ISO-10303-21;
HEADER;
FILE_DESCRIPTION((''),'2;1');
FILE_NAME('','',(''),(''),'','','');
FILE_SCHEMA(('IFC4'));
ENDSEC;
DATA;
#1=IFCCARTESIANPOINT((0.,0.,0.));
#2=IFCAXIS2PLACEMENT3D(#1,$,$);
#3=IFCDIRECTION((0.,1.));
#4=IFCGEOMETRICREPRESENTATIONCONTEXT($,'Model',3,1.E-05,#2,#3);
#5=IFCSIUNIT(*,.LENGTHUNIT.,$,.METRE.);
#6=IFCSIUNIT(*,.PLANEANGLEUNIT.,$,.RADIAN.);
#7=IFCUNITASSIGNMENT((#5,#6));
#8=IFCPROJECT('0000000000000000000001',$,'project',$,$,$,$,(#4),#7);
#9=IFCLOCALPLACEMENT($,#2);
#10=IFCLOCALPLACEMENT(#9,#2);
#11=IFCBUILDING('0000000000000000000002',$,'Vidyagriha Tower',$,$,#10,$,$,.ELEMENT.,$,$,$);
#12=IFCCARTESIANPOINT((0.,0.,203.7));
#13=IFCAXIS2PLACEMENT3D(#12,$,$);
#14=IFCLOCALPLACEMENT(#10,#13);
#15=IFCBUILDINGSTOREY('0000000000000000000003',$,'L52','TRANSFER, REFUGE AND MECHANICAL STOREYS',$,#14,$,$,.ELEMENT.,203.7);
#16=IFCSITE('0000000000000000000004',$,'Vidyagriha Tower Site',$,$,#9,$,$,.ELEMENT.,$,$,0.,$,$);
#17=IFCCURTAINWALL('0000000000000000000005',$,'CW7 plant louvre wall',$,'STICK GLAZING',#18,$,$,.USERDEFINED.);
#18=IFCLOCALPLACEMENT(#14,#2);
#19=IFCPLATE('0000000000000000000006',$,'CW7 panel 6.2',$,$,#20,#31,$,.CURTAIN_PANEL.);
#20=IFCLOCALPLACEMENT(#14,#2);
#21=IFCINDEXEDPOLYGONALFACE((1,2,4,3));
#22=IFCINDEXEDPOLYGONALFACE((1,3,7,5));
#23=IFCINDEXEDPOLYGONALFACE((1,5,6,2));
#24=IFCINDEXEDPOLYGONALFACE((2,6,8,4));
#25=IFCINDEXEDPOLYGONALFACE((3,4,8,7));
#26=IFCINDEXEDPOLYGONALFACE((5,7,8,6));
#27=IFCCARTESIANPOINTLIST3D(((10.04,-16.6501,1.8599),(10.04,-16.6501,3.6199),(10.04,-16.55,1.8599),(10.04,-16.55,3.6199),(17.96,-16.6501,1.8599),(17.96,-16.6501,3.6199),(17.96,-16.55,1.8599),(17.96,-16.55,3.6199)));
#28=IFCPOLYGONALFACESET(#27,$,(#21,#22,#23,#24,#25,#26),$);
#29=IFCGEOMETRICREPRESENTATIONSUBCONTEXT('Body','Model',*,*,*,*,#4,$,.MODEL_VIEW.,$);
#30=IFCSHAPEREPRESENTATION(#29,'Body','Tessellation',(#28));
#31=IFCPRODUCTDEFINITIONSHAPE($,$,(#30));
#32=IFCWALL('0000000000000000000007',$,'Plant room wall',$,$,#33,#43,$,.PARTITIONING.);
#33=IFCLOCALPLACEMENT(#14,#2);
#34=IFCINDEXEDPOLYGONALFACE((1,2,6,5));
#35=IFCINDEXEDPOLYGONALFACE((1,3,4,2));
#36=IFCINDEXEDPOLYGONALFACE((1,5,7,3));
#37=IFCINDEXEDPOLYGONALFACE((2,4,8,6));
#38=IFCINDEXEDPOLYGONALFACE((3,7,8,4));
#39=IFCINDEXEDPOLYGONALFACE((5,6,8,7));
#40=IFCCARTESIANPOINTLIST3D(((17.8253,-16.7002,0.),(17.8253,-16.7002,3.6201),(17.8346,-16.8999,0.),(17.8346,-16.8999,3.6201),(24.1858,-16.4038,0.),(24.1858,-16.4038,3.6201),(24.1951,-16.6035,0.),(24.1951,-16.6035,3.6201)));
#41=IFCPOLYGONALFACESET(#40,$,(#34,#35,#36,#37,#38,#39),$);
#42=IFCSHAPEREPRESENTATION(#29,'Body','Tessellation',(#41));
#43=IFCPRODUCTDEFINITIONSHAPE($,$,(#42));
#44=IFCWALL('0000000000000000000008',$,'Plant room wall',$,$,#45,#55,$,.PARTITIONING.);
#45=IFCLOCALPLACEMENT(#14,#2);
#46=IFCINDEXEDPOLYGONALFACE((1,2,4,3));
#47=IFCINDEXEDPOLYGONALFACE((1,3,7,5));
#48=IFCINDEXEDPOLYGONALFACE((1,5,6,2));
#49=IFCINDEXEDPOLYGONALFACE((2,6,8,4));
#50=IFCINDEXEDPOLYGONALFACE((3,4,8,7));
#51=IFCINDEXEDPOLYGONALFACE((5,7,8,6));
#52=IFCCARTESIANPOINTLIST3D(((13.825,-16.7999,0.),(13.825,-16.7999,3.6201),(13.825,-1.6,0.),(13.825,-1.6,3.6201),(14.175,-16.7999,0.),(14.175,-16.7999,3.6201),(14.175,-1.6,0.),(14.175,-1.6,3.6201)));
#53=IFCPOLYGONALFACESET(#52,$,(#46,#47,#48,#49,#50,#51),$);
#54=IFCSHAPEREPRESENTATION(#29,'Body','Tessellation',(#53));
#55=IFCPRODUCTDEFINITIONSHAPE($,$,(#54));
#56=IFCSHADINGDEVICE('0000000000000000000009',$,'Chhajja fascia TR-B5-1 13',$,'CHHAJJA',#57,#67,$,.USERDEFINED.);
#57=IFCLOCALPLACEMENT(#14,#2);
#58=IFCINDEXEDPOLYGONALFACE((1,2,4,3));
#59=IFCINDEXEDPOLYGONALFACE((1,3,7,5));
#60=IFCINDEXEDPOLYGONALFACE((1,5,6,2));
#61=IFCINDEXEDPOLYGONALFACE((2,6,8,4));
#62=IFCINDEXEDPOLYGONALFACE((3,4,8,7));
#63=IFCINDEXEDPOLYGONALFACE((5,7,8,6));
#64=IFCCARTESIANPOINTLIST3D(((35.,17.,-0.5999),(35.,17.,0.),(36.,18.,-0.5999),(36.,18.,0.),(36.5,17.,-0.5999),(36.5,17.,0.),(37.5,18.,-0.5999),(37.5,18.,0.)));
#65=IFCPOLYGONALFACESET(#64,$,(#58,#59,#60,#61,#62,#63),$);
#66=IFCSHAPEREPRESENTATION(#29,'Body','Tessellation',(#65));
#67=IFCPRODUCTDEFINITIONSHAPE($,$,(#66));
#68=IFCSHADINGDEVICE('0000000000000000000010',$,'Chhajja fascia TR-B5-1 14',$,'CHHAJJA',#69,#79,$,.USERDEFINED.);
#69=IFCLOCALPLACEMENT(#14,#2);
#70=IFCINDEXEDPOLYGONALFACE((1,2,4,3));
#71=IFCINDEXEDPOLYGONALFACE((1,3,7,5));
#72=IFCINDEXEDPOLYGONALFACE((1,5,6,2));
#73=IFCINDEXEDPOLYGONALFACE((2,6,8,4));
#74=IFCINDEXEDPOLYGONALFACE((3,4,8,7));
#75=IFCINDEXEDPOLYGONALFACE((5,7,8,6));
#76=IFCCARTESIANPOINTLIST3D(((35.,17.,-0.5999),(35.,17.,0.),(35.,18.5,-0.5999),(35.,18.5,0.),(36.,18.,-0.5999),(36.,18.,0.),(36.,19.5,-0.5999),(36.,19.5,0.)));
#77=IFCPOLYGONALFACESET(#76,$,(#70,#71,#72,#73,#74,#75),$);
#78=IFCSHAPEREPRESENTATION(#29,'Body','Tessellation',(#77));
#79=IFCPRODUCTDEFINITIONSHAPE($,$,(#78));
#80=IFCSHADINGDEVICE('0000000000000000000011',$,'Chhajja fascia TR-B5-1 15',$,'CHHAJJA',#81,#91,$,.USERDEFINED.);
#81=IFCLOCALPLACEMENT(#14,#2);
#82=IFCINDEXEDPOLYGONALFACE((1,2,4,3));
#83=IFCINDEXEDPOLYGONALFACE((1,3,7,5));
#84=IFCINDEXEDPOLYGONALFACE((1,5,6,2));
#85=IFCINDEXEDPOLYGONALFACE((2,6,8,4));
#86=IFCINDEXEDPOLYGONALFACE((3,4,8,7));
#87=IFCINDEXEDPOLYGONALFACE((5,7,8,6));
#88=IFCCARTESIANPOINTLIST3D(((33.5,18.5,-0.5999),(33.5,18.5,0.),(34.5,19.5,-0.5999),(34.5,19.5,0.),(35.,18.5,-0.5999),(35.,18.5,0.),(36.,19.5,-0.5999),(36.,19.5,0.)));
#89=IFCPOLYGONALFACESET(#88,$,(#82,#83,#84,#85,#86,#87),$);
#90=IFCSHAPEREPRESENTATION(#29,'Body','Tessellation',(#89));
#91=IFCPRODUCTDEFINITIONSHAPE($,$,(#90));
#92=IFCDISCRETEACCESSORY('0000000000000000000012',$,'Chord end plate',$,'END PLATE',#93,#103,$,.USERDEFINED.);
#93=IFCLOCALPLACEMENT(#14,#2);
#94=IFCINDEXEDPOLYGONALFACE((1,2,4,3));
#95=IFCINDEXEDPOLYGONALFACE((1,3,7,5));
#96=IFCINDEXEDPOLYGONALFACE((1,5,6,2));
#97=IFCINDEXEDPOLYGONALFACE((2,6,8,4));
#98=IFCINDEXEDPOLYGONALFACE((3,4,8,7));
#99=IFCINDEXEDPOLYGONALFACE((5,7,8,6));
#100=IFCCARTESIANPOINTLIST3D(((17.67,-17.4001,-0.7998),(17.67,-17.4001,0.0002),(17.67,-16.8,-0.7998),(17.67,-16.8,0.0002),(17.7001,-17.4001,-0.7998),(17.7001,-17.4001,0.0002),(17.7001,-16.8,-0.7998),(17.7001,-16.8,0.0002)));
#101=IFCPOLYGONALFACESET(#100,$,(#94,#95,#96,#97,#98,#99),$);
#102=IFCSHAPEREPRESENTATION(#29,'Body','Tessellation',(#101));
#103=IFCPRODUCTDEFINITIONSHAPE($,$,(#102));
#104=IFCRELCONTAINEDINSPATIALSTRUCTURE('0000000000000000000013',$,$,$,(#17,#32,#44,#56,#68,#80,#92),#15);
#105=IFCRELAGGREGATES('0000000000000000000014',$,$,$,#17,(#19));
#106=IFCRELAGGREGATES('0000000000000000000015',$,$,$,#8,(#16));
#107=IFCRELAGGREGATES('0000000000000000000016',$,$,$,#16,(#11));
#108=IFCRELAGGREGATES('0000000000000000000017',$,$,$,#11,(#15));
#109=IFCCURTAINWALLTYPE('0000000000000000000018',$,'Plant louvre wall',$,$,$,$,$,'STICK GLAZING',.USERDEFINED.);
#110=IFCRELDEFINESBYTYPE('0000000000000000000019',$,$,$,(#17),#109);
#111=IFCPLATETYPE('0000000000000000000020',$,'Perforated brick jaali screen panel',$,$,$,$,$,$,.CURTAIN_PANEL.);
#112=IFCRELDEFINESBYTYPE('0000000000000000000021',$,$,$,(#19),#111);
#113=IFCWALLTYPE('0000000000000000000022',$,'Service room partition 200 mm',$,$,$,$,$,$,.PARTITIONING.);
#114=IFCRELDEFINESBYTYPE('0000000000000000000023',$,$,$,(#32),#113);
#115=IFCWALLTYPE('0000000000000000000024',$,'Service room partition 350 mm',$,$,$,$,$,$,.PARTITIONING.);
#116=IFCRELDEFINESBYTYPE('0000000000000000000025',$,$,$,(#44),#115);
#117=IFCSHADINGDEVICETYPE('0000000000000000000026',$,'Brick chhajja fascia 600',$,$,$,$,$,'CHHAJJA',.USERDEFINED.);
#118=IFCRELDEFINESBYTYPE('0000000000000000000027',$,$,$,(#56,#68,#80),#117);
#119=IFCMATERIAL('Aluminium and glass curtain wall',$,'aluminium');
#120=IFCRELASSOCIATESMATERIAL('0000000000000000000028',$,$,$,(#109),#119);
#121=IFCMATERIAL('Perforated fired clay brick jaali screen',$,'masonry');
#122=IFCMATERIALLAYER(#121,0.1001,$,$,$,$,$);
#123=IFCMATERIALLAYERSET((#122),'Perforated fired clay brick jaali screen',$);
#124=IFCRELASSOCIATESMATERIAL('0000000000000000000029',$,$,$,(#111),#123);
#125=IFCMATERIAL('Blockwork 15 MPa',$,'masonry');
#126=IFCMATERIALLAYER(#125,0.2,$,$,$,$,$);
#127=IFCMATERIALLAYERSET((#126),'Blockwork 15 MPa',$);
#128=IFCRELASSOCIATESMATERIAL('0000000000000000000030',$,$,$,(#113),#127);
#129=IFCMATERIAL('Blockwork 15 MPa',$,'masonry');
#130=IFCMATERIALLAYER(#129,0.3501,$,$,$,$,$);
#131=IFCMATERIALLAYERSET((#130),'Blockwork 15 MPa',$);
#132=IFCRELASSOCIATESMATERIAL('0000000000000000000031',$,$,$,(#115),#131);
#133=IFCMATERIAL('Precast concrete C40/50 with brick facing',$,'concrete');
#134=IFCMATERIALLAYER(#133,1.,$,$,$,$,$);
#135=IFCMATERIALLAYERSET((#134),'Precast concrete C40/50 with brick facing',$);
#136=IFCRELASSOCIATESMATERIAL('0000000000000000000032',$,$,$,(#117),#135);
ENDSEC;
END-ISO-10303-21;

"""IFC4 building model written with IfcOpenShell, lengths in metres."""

from ifc_helpers import new_model, si_unit, direction, frame, frame_2d, origin, origin_2d, place, context, subcontext, project, spatial, polyline, rectangle, outline, extrude, material, layer, layer_set, type_object, element, aggregate, save


model = new_model("IFC4")

# Units and contexts
model_context = context("Model", 3, precision=1e-05, world=origin(), true_north=direction((0.0, 1.0)))
body_context = subcontext(model_context, "Body", "Model", "MODEL_VIEW")
ifc_project = project(units=[si_unit("LENGTHUNIT", "METRE"), si_unit("PLANEANGLEUNIT", "RADIAN")], contexts=[model_context])

# Site, building, storey
site_placement = place(None, origin())
site = spatial("IfcSite", under=ifc_project, at=site_placement, Name="Vidyagriha Tower Site", CompositionType="ELEMENT", RefElevation=0.0)
building_placement = place(site_placement, origin())
building = spatial("IfcBuilding", under=site, at=building_placement, Name="Vidyagriha Tower", CompositionType="ELEMENT")
storey_placement = place(building_placement, frame((0.0, 0.0, 203.7)))
storey = spatial("IfcBuildingStorey", under=building, at=storey_placement, Name="L52", Description="TRANSFER, REFUGE AND MECHANICAL STOREYS", CompositionType="ELEMENT", Elevation=203.7)

# Curtain wall
ifc_material_1 = material(Name="Aluminium and glass curtain wall", Category="aluminium")
curtain_wall_type = type_object("IfcCurtainWallType", Name="Plant louvre wall", ElementType="STICK GLAZING", PredefinedType="USERDEFINED", material=ifc_material_1)
curtain_wall_placement = place(storey_placement, origin())
curtain_wall = element("IfcCurtainWall", 1, at=curtain_wall_placement, inside=storey, type_object=curtain_wall_type, Name="CW7 plant louvre wall", ObjectType="STICK GLAZING", PredefinedType="USERDEFINED")

# Plate
ifc_material_2 = material(Name="Perforated fired clay brick jaali screen", Category="masonry")
ifc_layer_1 = layer(ifc_material_2, 0.1001)
ifc_layer_set_1 = layer_set([ifc_layer_1], Name="Perforated fired clay brick jaali screen")
plate_type = type_object("IfcPlateType", Name="Perforated brick jaali screen panel", PredefinedType="CURTAIN_PANEL", material=ifc_layer_set_1)
plate_1_placement = place(storey_placement, frame((14.0, -16.6001, 1.8599)))
plate_1 = element("IfcPlate", 2, at=plate_1_placement, type_object=plate_type, Name="CW7 panel 6.2", PredefinedType="CURTAIN_PANEL", context=body_context, shape_type="SweptSolid", body=[
    extrude(rectangle(XDim=7.9199, YDim=0.1001, at=origin_2d()), origin(), (0.0, 0.0, 1.0), 1.76),
])
aggregate(curtain_wall, [plate_1])

# Walls
ifc_material_3 = material(Name="Blockwork 15 MPa", Category="masonry")
ifc_layer_2 = layer(ifc_material_3, 0.2)
ifc_layer_set_2 = layer_set([ifc_layer_2], Name="Blockwork 15 MPa")
wall_type_1 = type_object("IfcWallType", Name="Service room partition 200 mm", PredefinedType="PARTITIONING", material=ifc_layer_set_2)
wall_1_placement = place(storey_placement, frame((17.8301, -16.8, 0.0), z_axis=(0.0, 0.0, 1.0), x_axis=(0.998916, 0.046547, 0.0)))
element("IfcWall", 3, at=wall_1_placement, inside=storey, type_object=wall_type_1, Name="Plant room wall", PredefinedType="PARTITIONING", context=body_context, shape_type="SweptSolid", body=[
    extrude(rectangle(XDim=6.3674, YDim=0.2, at=frame_2d((3.1836, 0.0))), origin(), (0.0, 0.0, 1.0), 3.6201),
])
ifc_material_4 = material(Name="Blockwork 15 MPa", Category="masonry")
ifc_layer_3 = layer(ifc_material_4, 0.3501)
ifc_layer_set_3 = layer_set([ifc_layer_3], Name="Blockwork 15 MPa")
wall_type_2 = type_object("IfcWallType", Name="Service room partition 350 mm", PredefinedType="PARTITIONING", material=ifc_layer_set_3)
wall_2_placement = place(storey_placement, frame((14.0, -16.8, 0.0), z_axis=(0.0, 0.0, 1.0), x_axis=(0.0, 1.0, 0.0)))
element("IfcWall", 4, at=wall_2_placement, inside=storey, type_object=wall_type_2, Name="Plant room wall", PredefinedType="PARTITIONING", context=body_context, shape_type="SweptSolid", body=[
    extrude(rectangle(XDim=15.2, YDim=0.3501, at=frame_2d((7.6001, 0.0))), origin(), (0.0, 0.0, 1.0), 3.6201),
])

# Shading devices
ifc_material_5 = material(Name="Precast concrete C40/50 with brick facing", Category="concrete")
ifc_layer_4 = layer(ifc_material_5, 1.0)
ifc_layer_set_4 = layer_set([ifc_layer_4], Name="Precast concrete C40/50 with brick facing")
shading_device_type = type_object("IfcShadingDeviceType", Name="Brick chhajja fascia 600", ElementType="CHHAJJA", PredefinedType="USERDEFINED", material=ifc_layer_set_4)
shading_device_1_placement = place(storey_placement, frame((0.0, 0.0, -0.5999)))
element("IfcShadingDevice", 5, at=shading_device_1_placement, inside=storey, type_object=shading_device_type, Name="Chhajja fascia TR-B5-1 13", ObjectType="CHHAJJA", PredefinedType="USERDEFINED", context=body_context, shape_type="SweptSolid", body=[
    extrude(outline(polyline([(36.5, 17.0), (37.5, 18.0), (36.0, 18.0), (35.0, 17.0), (36.5, 17.0)])), origin(), (0.0, 0.0, 1.0), 0.5999),
])
shading_device_2_placement = place(storey_placement, frame((0.0, 0.0, -0.5999)))
element("IfcShadingDevice", 6, at=shading_device_2_placement, inside=storey, type_object=shading_device_type, Name="Chhajja fascia TR-B5-1 14", ObjectType="CHHAJJA", PredefinedType="USERDEFINED", context=body_context, shape_type="SweptSolid", body=[
    extrude(outline(polyline([(35.0, 17.0), (36.0, 18.0), (36.0, 19.5), (35.0, 18.5), (35.0, 17.0)])), origin(), (0.0, 0.0, 1.0), 0.5999),
])
shading_device_3_placement = place(storey_placement, frame((0.0, 0.0, -0.5999)))
element("IfcShadingDevice", 7, at=shading_device_3_placement, inside=storey, type_object=shading_device_type, Name="Chhajja fascia TR-B5-1 15", ObjectType="CHHAJJA", PredefinedType="USERDEFINED", context=body_context, shape_type="SweptSolid", body=[
    extrude(outline(polyline([(35.0, 18.5), (36.0, 19.5), (34.5, 19.5), (33.5, 18.5), (35.0, 18.5)])), origin(), (0.0, 0.0, 1.0), 0.5999),
])

# Discrete accessory
discrete_accessory_placement = place(storey_placement, frame((17.6851, -17.1001, -0.7998), z_axis=(0.0, 0.0, 1.0), x_axis=(-1.0, 0.0, 0.0)))
element("IfcDiscreteAccessory", 8, at=discrete_accessory_placement, inside=storey, Name="Chord end plate", ObjectType="END PLATE", PredefinedType="USERDEFINED", context=body_context, shape_type="SweptSolid", body=[
    extrude(rectangle(XDim=0.03, YDim=0.6001, at=origin_2d()), origin(), (0.0, 0.0, 1.0), 0.8),
])

save(model, "model.ifc")
